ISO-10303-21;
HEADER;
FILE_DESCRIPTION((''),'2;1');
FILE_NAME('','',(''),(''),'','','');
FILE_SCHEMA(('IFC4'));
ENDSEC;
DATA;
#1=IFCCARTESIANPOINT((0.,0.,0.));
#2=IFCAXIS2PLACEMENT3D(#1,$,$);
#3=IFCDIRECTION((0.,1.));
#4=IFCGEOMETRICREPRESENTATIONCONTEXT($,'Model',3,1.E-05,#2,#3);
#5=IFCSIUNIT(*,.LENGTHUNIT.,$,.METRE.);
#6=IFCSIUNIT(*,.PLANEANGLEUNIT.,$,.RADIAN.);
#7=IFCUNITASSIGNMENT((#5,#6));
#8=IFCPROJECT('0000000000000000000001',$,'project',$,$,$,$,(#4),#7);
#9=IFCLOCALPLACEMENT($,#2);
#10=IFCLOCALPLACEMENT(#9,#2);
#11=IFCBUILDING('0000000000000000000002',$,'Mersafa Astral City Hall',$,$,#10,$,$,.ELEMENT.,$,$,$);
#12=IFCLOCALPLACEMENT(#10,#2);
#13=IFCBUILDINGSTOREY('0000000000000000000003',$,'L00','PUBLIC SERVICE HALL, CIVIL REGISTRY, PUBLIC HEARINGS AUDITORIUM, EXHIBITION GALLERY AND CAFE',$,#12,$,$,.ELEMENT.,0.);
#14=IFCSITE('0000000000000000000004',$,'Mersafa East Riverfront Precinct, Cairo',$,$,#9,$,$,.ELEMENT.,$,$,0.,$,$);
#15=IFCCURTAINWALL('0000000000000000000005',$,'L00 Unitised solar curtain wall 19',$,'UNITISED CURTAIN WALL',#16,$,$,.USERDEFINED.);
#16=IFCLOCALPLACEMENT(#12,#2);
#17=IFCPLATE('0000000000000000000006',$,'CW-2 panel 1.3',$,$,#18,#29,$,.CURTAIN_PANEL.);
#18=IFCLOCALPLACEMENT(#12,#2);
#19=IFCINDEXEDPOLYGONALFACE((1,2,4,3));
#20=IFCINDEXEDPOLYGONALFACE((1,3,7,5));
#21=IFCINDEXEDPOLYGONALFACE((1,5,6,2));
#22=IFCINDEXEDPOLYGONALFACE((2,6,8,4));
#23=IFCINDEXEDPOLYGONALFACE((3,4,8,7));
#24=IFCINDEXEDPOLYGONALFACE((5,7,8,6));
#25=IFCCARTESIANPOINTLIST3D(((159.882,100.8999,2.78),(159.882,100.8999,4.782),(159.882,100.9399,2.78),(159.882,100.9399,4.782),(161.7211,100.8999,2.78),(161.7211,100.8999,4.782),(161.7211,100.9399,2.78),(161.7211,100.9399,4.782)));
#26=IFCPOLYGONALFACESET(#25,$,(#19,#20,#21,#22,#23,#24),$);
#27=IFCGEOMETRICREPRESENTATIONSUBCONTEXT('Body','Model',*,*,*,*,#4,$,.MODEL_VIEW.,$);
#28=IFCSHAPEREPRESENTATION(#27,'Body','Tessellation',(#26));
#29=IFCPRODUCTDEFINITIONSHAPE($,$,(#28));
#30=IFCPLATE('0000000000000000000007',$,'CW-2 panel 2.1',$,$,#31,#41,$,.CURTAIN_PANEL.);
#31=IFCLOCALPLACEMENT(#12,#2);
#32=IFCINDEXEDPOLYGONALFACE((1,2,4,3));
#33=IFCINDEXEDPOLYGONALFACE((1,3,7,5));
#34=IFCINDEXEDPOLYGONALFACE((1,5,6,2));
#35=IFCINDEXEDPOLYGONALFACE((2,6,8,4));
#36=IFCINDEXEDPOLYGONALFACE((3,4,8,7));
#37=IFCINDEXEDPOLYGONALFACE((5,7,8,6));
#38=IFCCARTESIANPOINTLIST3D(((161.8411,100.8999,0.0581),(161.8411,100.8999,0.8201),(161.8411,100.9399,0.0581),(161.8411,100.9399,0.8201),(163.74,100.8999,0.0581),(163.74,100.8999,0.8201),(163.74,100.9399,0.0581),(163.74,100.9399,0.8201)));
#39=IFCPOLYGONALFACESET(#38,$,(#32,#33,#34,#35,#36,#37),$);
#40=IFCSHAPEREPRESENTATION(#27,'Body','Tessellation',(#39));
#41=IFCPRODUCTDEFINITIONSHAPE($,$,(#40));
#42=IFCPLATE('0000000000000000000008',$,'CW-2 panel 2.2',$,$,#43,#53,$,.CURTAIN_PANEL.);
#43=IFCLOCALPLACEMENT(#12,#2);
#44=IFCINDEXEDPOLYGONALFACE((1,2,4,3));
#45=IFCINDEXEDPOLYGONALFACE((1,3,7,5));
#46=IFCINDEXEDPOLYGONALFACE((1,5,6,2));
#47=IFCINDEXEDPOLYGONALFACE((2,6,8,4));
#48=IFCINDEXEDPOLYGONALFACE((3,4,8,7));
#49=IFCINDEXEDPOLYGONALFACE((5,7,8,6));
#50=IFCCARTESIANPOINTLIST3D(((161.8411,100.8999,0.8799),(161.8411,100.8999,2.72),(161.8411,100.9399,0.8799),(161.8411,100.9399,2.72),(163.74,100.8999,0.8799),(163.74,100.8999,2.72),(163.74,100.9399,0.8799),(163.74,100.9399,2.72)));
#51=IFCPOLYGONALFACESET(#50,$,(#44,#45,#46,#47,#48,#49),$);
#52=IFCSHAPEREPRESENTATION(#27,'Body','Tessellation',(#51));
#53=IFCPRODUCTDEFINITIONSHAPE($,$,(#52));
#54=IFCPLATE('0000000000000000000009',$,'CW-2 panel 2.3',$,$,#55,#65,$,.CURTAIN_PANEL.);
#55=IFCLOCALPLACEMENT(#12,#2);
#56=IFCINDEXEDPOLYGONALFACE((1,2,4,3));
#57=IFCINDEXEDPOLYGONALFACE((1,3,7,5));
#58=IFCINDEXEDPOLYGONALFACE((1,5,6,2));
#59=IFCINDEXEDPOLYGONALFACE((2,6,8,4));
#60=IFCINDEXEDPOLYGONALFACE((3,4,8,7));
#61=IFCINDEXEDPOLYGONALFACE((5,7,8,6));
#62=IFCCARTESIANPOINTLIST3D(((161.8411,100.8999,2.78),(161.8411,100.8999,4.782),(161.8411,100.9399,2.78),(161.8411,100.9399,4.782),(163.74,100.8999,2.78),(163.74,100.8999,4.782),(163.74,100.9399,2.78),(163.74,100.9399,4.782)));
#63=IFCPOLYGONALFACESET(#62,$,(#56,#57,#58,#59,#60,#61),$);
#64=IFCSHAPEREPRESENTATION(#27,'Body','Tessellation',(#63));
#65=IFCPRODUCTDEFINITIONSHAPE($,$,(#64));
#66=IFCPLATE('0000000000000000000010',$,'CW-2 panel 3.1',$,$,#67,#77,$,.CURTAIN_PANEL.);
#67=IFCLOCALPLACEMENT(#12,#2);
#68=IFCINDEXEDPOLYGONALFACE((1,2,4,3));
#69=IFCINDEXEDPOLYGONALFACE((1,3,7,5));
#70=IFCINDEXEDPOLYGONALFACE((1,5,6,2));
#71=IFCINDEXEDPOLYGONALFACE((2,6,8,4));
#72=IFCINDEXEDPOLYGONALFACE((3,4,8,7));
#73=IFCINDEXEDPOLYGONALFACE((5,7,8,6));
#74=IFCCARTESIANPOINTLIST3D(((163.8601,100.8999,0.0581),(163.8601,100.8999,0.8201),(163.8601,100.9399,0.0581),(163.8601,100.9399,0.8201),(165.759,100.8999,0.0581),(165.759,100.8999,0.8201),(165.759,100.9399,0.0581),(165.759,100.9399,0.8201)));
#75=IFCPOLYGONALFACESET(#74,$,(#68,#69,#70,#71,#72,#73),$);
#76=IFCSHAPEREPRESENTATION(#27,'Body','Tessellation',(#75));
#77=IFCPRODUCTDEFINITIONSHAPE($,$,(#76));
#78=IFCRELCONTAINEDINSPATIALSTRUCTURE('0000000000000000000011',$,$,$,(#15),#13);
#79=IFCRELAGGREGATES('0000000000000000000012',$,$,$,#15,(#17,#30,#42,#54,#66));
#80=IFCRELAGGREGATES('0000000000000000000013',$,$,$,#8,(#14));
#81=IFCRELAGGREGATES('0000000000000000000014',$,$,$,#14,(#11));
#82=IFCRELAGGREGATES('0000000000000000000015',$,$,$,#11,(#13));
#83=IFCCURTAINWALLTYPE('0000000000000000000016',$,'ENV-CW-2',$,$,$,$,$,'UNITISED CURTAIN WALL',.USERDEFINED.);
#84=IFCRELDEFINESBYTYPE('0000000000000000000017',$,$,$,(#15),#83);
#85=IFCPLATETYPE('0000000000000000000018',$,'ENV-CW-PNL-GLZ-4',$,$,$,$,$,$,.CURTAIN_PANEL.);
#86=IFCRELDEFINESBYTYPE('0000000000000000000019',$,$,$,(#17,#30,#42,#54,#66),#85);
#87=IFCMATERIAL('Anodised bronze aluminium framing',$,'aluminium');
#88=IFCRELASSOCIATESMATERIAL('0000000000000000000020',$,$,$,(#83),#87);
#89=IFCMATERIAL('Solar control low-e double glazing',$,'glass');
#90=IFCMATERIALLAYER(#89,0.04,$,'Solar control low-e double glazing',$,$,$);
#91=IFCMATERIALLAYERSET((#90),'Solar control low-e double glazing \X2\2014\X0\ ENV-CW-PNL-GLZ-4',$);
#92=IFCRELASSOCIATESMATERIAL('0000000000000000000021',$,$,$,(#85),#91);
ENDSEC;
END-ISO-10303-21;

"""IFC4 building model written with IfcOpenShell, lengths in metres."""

from ifc_helpers import new_model, si_unit, direction, frame, origin, origin_2d, place, context, subcontext, project, spatial, rectangle, extrude, material, layer, layer_set, type_object, element, aggregate, save


model = new_model("IFC4")

# Units and contexts
model_context = context("Model", 3, precision=1e-05, world=origin(), true_north=direction((0.0, 1.0)))
body_context = subcontext(model_context, "Body", "Model", "MODEL_VIEW")
ifc_project = project(units=[si_unit("LENGTHUNIT", "METRE"), si_unit("PLANEANGLEUNIT", "RADIAN")], contexts=[model_context])

# Site, building, storey
site_placement = place(None, origin())
site = spatial("IfcSite", under=ifc_project, at=site_placement, Name="Mersafa East Riverfront Precinct, Cairo", CompositionType="ELEMENT", RefElevation=0.0)
building_placement = place(site_placement, origin())
building = spatial("IfcBuilding", under=site, at=building_placement, Name="Mersafa Astral City Hall", CompositionType="ELEMENT")
storey_placement = place(building_placement, origin())
storey = spatial("IfcBuildingStorey", under=building, at=storey_placement, Name="L00", Description="PUBLIC SERVICE HALL, CIVIL REGISTRY, PUBLIC HEARINGS AUDITORIUM, EXHIBITION GALLERY AND CAFE", CompositionType="ELEMENT", Elevation=0.0)

# Curtain wall
ifc_material_1 = material(Name="Anodised bronze aluminium framing", Category="aluminium")
curtain_wall_type = type_object("IfcCurtainWallType", Name="ENV-CW-2", ElementType="UNITISED CURTAIN WALL", PredefinedType="USERDEFINED", material=ifc_material_1)
curtain_wall_placement = place(storey_placement, origin())
curtain_wall = element("IfcCurtainWall", 1, at=curtain_wall_placement, inside=storey, type_object=curtain_wall_type, Name="L00 Unitised solar curtain wall 19", ObjectType="UNITISED CURTAIN WALL", PredefinedType="USERDEFINED")

# Plates
ifc_material_2 = material(Name="Solar control low-e double glazing", Category="glass")
ifc_layer = layer(ifc_material_2, 0.04, Name="Solar control low-e double glazing")
ifc_layer_set = layer_set([ifc_layer], Name="Solar control low-e double glazing — ENV-CW-PNL-GLZ-4")
plate_type = type_object("IfcPlateType", Name="ENV-CW-PNL-GLZ-4", PredefinedType="CURTAIN_PANEL", material=ifc_layer_set)
plate_1_placement = place(storey_placement, frame((160.8015, 100.9199, 2.78), z_axis=(0.0, 0.0, 1.0), x_axis=(1.0, 0.0, 0.0)))
plate_1 = element("IfcPlate", 2, at=plate_1_placement, type_object=plate_type, Name="CW-2 panel 1.3", PredefinedType="CURTAIN_PANEL", context=body_context, shape_type="SweptSolid", body=[
    extrude(rectangle(XDim=1.8391, YDim=0.04, at=origin_2d()), origin(), (0.0, 0.0, 1.0), 2.002),
])
plate_2_placement = place(storey_placement, frame((162.7905, 100.9199, 0.0581), z_axis=(0.0, 0.0, 1.0), x_axis=(1.0, 0.0, 0.0)))
plate_2 = element("IfcPlate", 3, at=plate_2_placement, type_object=plate_type, Name="CW-2 panel 2.1", PredefinedType="CURTAIN_PANEL", context=body_context, shape_type="SweptSolid", body=[
    extrude(rectangle(XDim=1.8989, YDim=0.04, at=origin_2d()), origin(), (0.0, 0.0, 1.0), 0.762),
])
plate_3_placement = place(storey_placement, frame((162.7905, 100.9199, 0.8799), z_axis=(0.0, 0.0, 1.0), x_axis=(1.0, 0.0, 0.0)))
plate_3 = element("IfcPlate", 4, at=plate_3_placement, type_object=plate_type, Name="CW-2 panel 2.2", PredefinedType="CURTAIN_PANEL", context=body_context, shape_type="SweptSolid", body=[
    extrude(rectangle(XDim=1.8989, YDim=0.04, at=origin_2d()), origin(), (0.0, 0.0, 1.0), 1.8401),
])
plate_4_placement = place(storey_placement, frame((162.7905, 100.9199, 2.78), z_axis=(0.0, 0.0, 1.0), x_axis=(1.0, 0.0, 0.0)))
plate_4 = element("IfcPlate", 5, at=plate_4_placement, type_object=plate_type, Name="CW-2 panel 2.3", PredefinedType="CURTAIN_PANEL", context=body_context, shape_type="SweptSolid", body=[
    extrude(rectangle(XDim=1.8989, YDim=0.04, at=origin_2d()), origin(), (0.0, 0.0, 1.0), 2.002),
])
plate_5_placement = place(storey_placement, frame((164.8096, 100.9199, 0.0581), z_axis=(0.0, 0.0, 1.0), x_axis=(1.0, 0.0, 0.0)))
plate_5 = element("IfcPlate", 6, at=plate_5_placement, type_object=plate_type, Name="CW-2 panel 3.1", PredefinedType="CURTAIN_PANEL", context=body_context, shape_type="SweptSolid", body=[
    extrude(rectangle(XDim=1.8989, YDim=0.04, at=origin_2d()), origin(), (0.0, 0.0, 1.0), 0.762),
])
aggregate(curtain_wall, [plate_1, plate_2, plate_3, plate_4, plate_5])

save(model, "model.ifc")
